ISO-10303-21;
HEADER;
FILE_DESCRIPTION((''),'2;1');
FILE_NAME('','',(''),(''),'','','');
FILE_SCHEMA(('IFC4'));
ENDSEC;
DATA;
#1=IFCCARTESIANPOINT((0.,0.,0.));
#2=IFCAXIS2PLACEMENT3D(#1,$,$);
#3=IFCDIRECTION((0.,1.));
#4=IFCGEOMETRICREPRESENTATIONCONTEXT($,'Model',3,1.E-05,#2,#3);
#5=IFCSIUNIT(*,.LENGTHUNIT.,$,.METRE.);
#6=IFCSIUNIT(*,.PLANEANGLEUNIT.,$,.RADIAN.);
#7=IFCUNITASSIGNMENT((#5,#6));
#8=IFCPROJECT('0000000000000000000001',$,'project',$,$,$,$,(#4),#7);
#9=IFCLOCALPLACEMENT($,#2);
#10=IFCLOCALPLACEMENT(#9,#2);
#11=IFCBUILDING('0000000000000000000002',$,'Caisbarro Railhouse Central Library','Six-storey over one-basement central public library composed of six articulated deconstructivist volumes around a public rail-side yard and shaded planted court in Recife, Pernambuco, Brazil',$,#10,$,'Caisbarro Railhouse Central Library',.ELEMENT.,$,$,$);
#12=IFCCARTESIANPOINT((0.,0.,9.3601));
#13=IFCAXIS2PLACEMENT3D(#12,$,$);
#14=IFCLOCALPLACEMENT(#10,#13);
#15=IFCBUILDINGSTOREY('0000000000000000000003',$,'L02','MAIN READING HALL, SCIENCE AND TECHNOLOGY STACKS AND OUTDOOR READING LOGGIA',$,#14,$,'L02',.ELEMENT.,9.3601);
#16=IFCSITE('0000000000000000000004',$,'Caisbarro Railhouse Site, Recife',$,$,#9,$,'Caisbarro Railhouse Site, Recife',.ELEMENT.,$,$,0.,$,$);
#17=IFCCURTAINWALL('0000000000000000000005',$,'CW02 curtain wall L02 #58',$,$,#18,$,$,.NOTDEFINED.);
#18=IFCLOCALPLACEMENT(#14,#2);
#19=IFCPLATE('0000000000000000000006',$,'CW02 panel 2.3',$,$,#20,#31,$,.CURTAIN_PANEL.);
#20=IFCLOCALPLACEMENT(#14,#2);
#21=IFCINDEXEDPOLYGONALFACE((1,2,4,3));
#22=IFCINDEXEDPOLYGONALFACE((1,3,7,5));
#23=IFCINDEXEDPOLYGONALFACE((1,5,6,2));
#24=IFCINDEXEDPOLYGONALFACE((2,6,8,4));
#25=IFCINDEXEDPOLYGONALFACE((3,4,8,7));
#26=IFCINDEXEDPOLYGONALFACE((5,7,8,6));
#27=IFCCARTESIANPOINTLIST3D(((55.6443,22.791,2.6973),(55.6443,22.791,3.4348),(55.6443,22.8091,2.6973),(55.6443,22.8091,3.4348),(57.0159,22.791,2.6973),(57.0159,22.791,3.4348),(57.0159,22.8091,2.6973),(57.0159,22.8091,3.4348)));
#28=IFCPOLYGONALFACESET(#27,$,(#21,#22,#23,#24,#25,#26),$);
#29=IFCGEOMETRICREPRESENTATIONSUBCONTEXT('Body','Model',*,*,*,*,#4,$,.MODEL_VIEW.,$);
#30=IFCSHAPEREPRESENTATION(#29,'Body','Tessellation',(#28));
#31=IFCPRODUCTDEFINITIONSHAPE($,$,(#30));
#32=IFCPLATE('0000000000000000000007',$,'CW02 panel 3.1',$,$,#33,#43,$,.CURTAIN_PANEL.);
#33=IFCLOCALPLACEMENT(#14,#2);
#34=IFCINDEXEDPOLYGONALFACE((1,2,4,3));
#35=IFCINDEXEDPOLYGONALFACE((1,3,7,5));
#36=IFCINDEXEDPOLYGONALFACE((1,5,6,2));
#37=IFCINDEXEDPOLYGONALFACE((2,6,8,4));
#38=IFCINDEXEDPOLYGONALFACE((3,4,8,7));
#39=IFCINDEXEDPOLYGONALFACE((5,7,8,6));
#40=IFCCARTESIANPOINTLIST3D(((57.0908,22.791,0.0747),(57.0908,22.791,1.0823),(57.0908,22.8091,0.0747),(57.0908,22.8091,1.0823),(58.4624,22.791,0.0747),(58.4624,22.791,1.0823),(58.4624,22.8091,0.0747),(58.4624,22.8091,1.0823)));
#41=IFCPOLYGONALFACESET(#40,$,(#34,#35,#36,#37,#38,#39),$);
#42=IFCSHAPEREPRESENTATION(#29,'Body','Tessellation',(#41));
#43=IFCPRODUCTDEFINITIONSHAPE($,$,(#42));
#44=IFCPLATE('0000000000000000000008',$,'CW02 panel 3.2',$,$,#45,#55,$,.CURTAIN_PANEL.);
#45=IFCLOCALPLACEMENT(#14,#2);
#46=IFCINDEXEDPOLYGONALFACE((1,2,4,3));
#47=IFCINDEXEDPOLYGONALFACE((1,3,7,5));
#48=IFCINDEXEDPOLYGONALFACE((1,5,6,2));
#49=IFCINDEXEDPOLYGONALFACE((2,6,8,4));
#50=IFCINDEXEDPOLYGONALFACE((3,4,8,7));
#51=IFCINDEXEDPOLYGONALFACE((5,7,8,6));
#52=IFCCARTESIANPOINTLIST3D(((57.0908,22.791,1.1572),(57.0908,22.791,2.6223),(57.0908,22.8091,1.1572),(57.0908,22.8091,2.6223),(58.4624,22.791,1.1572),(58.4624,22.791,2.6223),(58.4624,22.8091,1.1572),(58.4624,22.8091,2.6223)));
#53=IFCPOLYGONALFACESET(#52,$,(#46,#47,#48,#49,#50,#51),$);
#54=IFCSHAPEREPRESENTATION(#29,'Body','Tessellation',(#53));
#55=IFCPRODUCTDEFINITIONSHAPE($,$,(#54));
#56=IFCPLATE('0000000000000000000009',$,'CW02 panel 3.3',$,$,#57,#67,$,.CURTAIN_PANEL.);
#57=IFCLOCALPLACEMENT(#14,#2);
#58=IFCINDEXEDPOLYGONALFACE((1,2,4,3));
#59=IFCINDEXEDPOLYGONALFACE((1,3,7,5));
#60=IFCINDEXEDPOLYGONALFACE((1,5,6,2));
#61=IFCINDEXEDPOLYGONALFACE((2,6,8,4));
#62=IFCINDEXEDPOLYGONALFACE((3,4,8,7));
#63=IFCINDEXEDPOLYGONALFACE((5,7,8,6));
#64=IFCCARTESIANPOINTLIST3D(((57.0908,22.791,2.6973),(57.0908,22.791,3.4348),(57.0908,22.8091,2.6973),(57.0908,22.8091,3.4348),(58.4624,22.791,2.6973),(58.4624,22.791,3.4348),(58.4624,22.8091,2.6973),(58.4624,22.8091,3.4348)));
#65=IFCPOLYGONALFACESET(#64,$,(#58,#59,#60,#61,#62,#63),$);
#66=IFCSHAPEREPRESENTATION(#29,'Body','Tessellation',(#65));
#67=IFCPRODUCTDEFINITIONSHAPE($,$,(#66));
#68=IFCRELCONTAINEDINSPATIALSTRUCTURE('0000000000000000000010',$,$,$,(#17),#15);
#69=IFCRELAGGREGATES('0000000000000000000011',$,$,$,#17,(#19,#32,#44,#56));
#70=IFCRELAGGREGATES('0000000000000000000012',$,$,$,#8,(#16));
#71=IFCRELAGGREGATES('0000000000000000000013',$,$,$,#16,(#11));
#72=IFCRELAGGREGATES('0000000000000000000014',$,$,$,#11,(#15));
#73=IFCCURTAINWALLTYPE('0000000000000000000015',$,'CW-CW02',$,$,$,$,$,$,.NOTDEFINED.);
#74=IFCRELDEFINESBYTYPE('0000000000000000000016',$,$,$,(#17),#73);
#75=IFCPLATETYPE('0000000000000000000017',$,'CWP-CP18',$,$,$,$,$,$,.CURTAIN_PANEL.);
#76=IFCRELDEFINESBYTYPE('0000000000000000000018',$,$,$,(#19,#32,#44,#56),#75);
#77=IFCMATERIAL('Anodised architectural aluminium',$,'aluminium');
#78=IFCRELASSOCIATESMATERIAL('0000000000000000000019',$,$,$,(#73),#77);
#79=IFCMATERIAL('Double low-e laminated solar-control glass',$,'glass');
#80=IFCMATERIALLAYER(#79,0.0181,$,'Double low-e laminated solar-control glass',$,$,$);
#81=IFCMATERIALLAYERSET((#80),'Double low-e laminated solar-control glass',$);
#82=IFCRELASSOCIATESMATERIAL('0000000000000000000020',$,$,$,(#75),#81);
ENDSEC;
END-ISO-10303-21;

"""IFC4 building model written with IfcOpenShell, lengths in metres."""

from ifc_helpers import new_model, si_unit, direction, frame, origin, origin_2d, place, context, subcontext, project, spatial, rectangle, extrude, material, layer, layer_set, type_object, element, aggregate, save


model = new_model("IFC4")

# Units and contexts
model_context = context("Model", 3, precision=1e-05, world=origin(), true_north=direction((0.0, 1.0)))
body_context = subcontext(model_context, "Body", "Model", "MODEL_VIEW")
ifc_project = project(units=[si_unit("LENGTHUNIT", "METRE"), si_unit("PLANEANGLEUNIT", "RADIAN")], contexts=[model_context])

# Site, building, storey
site_placement = place(None, origin())
site = spatial("IfcSite", under=ifc_project, at=site_placement, Name="Caisbarro Railhouse Site, Recife", LongName="Caisbarro Railhouse Site, Recife", CompositionType="ELEMENT", RefElevation=0.0)
building_placement = place(site_placement, origin())
building = spatial("IfcBuilding", under=site, at=building_placement, Name="Caisbarro Railhouse Central Library", Description="Six-storey over one-basement central public library composed of six articulated deconstructivist volumes around a public rail-side yard and shaded planted court in Recife, Pernambuco, Brazil", LongName="Caisbarro Railhouse Central Library", CompositionType="ELEMENT")
storey_placement = place(building_placement, frame((0.0, 0.0, 9.3601)))
storey = spatial("IfcBuildingStorey", under=building, at=storey_placement, Name="L02", Description="MAIN READING HALL, SCIENCE AND TECHNOLOGY STACKS AND OUTDOOR READING LOGGIA", LongName="L02", CompositionType="ELEMENT", Elevation=9.3601)

# Curtain wall, plates
ifc_material_1 = material(Name="Anodised architectural aluminium", Category="aluminium")
curtain_wall_type = type_object("IfcCurtainWallType", Name="CW-CW02", PredefinedType="NOTDEFINED", material=ifc_material_1)
curtain_wall_placement = place(storey_placement, origin())
curtain_wall = element("IfcCurtainWall", 1, at=curtain_wall_placement, inside=storey, type_object=curtain_wall_type, Name="CW02 curtain wall L02 #58", PredefinedType="NOTDEFINED")
ifc_material_2 = material(Name="Double low-e laminated solar-control glass", Category="glass")
ifc_layer = layer(ifc_material_2, 0.0181, Name="Double low-e laminated solar-control glass")
ifc_layer_set = layer_set([ifc_layer], Name="Double low-e laminated solar-control glass")
plate_type = type_object("IfcPlateType", Name="CWP-CP18", PredefinedType="CURTAIN_PANEL", material=ifc_layer_set)
plate_1_placement = place(storey_placement, frame((56.3301, 22.8, 2.6973), z_axis=(0.0, 0.0, 1.0), x_axis=(1.0, 0.0, 0.0)))
plate_1 = element("IfcPlate", 2, at=plate_1_placement, type_object=plate_type, Name="CW02 panel 2.3", PredefinedType="CURTAIN_PANEL", context=body_context, shape_type="SweptSolid", body=[
    extrude(rectangle(XDim=1.3716, YDim=0.0181, at=origin_2d()), origin(), (0.0, 0.0, 1.0), 0.7375),
])
plate_2_placement = place(storey_placement, frame((57.7766, 22.8, 0.0747), z_axis=(0.0, 0.0, 1.0), x_axis=(1.0, 0.0, 0.0)))
plate_2 = element("IfcPlate", 3, at=plate_2_placement, type_object=plate_type, Name="CW02 panel 3.1", PredefinedType="CURTAIN_PANEL", context=body_context, shape_type="SweptSolid", body=[
    extrude(rectangle(XDim=1.3716, YDim=0.0181, at=origin_2d()), origin(), (0.0, 0.0, 1.0), 1.0076),
])
plate_3_placement = place(storey_placement, frame((57.7766, 22.8, 1.1572), z_axis=(0.0, 0.0, 1.0), x_axis=(1.0, 0.0, 0.0)))
plate_3 = element("IfcPlate", 4, at=plate_3_placement, type_object=plate_type, Name="CW02 panel 3.2", PredefinedType="CURTAIN_PANEL", context=body_context, shape_type="SweptSolid", body=[
    extrude(rectangle(XDim=1.3716, YDim=0.0181, at=origin_2d()), origin(), (0.0, 0.0, 1.0), 1.4651),
])
plate_4_placement = place(storey_placement, frame((57.7766, 22.8, 2.6973), z_axis=(0.0, 0.0, 1.0), x_axis=(1.0, 0.0, 0.0)))
plate_4 = element("IfcPlate", 5, at=plate_4_placement, type_object=plate_type, Name="CW02 panel 3.3", PredefinedType="CURTAIN_PANEL", context=body_context, shape_type="SweptSolid", body=[
    extrude(rectangle(XDim=1.3716, YDim=0.0181, at=origin_2d()), origin(), (0.0, 0.0, 1.0), 0.7375),
])
aggregate(curtain_wall, [plate_1, plate_2, plate_3, plate_4])

save(model, "model.ifc")
